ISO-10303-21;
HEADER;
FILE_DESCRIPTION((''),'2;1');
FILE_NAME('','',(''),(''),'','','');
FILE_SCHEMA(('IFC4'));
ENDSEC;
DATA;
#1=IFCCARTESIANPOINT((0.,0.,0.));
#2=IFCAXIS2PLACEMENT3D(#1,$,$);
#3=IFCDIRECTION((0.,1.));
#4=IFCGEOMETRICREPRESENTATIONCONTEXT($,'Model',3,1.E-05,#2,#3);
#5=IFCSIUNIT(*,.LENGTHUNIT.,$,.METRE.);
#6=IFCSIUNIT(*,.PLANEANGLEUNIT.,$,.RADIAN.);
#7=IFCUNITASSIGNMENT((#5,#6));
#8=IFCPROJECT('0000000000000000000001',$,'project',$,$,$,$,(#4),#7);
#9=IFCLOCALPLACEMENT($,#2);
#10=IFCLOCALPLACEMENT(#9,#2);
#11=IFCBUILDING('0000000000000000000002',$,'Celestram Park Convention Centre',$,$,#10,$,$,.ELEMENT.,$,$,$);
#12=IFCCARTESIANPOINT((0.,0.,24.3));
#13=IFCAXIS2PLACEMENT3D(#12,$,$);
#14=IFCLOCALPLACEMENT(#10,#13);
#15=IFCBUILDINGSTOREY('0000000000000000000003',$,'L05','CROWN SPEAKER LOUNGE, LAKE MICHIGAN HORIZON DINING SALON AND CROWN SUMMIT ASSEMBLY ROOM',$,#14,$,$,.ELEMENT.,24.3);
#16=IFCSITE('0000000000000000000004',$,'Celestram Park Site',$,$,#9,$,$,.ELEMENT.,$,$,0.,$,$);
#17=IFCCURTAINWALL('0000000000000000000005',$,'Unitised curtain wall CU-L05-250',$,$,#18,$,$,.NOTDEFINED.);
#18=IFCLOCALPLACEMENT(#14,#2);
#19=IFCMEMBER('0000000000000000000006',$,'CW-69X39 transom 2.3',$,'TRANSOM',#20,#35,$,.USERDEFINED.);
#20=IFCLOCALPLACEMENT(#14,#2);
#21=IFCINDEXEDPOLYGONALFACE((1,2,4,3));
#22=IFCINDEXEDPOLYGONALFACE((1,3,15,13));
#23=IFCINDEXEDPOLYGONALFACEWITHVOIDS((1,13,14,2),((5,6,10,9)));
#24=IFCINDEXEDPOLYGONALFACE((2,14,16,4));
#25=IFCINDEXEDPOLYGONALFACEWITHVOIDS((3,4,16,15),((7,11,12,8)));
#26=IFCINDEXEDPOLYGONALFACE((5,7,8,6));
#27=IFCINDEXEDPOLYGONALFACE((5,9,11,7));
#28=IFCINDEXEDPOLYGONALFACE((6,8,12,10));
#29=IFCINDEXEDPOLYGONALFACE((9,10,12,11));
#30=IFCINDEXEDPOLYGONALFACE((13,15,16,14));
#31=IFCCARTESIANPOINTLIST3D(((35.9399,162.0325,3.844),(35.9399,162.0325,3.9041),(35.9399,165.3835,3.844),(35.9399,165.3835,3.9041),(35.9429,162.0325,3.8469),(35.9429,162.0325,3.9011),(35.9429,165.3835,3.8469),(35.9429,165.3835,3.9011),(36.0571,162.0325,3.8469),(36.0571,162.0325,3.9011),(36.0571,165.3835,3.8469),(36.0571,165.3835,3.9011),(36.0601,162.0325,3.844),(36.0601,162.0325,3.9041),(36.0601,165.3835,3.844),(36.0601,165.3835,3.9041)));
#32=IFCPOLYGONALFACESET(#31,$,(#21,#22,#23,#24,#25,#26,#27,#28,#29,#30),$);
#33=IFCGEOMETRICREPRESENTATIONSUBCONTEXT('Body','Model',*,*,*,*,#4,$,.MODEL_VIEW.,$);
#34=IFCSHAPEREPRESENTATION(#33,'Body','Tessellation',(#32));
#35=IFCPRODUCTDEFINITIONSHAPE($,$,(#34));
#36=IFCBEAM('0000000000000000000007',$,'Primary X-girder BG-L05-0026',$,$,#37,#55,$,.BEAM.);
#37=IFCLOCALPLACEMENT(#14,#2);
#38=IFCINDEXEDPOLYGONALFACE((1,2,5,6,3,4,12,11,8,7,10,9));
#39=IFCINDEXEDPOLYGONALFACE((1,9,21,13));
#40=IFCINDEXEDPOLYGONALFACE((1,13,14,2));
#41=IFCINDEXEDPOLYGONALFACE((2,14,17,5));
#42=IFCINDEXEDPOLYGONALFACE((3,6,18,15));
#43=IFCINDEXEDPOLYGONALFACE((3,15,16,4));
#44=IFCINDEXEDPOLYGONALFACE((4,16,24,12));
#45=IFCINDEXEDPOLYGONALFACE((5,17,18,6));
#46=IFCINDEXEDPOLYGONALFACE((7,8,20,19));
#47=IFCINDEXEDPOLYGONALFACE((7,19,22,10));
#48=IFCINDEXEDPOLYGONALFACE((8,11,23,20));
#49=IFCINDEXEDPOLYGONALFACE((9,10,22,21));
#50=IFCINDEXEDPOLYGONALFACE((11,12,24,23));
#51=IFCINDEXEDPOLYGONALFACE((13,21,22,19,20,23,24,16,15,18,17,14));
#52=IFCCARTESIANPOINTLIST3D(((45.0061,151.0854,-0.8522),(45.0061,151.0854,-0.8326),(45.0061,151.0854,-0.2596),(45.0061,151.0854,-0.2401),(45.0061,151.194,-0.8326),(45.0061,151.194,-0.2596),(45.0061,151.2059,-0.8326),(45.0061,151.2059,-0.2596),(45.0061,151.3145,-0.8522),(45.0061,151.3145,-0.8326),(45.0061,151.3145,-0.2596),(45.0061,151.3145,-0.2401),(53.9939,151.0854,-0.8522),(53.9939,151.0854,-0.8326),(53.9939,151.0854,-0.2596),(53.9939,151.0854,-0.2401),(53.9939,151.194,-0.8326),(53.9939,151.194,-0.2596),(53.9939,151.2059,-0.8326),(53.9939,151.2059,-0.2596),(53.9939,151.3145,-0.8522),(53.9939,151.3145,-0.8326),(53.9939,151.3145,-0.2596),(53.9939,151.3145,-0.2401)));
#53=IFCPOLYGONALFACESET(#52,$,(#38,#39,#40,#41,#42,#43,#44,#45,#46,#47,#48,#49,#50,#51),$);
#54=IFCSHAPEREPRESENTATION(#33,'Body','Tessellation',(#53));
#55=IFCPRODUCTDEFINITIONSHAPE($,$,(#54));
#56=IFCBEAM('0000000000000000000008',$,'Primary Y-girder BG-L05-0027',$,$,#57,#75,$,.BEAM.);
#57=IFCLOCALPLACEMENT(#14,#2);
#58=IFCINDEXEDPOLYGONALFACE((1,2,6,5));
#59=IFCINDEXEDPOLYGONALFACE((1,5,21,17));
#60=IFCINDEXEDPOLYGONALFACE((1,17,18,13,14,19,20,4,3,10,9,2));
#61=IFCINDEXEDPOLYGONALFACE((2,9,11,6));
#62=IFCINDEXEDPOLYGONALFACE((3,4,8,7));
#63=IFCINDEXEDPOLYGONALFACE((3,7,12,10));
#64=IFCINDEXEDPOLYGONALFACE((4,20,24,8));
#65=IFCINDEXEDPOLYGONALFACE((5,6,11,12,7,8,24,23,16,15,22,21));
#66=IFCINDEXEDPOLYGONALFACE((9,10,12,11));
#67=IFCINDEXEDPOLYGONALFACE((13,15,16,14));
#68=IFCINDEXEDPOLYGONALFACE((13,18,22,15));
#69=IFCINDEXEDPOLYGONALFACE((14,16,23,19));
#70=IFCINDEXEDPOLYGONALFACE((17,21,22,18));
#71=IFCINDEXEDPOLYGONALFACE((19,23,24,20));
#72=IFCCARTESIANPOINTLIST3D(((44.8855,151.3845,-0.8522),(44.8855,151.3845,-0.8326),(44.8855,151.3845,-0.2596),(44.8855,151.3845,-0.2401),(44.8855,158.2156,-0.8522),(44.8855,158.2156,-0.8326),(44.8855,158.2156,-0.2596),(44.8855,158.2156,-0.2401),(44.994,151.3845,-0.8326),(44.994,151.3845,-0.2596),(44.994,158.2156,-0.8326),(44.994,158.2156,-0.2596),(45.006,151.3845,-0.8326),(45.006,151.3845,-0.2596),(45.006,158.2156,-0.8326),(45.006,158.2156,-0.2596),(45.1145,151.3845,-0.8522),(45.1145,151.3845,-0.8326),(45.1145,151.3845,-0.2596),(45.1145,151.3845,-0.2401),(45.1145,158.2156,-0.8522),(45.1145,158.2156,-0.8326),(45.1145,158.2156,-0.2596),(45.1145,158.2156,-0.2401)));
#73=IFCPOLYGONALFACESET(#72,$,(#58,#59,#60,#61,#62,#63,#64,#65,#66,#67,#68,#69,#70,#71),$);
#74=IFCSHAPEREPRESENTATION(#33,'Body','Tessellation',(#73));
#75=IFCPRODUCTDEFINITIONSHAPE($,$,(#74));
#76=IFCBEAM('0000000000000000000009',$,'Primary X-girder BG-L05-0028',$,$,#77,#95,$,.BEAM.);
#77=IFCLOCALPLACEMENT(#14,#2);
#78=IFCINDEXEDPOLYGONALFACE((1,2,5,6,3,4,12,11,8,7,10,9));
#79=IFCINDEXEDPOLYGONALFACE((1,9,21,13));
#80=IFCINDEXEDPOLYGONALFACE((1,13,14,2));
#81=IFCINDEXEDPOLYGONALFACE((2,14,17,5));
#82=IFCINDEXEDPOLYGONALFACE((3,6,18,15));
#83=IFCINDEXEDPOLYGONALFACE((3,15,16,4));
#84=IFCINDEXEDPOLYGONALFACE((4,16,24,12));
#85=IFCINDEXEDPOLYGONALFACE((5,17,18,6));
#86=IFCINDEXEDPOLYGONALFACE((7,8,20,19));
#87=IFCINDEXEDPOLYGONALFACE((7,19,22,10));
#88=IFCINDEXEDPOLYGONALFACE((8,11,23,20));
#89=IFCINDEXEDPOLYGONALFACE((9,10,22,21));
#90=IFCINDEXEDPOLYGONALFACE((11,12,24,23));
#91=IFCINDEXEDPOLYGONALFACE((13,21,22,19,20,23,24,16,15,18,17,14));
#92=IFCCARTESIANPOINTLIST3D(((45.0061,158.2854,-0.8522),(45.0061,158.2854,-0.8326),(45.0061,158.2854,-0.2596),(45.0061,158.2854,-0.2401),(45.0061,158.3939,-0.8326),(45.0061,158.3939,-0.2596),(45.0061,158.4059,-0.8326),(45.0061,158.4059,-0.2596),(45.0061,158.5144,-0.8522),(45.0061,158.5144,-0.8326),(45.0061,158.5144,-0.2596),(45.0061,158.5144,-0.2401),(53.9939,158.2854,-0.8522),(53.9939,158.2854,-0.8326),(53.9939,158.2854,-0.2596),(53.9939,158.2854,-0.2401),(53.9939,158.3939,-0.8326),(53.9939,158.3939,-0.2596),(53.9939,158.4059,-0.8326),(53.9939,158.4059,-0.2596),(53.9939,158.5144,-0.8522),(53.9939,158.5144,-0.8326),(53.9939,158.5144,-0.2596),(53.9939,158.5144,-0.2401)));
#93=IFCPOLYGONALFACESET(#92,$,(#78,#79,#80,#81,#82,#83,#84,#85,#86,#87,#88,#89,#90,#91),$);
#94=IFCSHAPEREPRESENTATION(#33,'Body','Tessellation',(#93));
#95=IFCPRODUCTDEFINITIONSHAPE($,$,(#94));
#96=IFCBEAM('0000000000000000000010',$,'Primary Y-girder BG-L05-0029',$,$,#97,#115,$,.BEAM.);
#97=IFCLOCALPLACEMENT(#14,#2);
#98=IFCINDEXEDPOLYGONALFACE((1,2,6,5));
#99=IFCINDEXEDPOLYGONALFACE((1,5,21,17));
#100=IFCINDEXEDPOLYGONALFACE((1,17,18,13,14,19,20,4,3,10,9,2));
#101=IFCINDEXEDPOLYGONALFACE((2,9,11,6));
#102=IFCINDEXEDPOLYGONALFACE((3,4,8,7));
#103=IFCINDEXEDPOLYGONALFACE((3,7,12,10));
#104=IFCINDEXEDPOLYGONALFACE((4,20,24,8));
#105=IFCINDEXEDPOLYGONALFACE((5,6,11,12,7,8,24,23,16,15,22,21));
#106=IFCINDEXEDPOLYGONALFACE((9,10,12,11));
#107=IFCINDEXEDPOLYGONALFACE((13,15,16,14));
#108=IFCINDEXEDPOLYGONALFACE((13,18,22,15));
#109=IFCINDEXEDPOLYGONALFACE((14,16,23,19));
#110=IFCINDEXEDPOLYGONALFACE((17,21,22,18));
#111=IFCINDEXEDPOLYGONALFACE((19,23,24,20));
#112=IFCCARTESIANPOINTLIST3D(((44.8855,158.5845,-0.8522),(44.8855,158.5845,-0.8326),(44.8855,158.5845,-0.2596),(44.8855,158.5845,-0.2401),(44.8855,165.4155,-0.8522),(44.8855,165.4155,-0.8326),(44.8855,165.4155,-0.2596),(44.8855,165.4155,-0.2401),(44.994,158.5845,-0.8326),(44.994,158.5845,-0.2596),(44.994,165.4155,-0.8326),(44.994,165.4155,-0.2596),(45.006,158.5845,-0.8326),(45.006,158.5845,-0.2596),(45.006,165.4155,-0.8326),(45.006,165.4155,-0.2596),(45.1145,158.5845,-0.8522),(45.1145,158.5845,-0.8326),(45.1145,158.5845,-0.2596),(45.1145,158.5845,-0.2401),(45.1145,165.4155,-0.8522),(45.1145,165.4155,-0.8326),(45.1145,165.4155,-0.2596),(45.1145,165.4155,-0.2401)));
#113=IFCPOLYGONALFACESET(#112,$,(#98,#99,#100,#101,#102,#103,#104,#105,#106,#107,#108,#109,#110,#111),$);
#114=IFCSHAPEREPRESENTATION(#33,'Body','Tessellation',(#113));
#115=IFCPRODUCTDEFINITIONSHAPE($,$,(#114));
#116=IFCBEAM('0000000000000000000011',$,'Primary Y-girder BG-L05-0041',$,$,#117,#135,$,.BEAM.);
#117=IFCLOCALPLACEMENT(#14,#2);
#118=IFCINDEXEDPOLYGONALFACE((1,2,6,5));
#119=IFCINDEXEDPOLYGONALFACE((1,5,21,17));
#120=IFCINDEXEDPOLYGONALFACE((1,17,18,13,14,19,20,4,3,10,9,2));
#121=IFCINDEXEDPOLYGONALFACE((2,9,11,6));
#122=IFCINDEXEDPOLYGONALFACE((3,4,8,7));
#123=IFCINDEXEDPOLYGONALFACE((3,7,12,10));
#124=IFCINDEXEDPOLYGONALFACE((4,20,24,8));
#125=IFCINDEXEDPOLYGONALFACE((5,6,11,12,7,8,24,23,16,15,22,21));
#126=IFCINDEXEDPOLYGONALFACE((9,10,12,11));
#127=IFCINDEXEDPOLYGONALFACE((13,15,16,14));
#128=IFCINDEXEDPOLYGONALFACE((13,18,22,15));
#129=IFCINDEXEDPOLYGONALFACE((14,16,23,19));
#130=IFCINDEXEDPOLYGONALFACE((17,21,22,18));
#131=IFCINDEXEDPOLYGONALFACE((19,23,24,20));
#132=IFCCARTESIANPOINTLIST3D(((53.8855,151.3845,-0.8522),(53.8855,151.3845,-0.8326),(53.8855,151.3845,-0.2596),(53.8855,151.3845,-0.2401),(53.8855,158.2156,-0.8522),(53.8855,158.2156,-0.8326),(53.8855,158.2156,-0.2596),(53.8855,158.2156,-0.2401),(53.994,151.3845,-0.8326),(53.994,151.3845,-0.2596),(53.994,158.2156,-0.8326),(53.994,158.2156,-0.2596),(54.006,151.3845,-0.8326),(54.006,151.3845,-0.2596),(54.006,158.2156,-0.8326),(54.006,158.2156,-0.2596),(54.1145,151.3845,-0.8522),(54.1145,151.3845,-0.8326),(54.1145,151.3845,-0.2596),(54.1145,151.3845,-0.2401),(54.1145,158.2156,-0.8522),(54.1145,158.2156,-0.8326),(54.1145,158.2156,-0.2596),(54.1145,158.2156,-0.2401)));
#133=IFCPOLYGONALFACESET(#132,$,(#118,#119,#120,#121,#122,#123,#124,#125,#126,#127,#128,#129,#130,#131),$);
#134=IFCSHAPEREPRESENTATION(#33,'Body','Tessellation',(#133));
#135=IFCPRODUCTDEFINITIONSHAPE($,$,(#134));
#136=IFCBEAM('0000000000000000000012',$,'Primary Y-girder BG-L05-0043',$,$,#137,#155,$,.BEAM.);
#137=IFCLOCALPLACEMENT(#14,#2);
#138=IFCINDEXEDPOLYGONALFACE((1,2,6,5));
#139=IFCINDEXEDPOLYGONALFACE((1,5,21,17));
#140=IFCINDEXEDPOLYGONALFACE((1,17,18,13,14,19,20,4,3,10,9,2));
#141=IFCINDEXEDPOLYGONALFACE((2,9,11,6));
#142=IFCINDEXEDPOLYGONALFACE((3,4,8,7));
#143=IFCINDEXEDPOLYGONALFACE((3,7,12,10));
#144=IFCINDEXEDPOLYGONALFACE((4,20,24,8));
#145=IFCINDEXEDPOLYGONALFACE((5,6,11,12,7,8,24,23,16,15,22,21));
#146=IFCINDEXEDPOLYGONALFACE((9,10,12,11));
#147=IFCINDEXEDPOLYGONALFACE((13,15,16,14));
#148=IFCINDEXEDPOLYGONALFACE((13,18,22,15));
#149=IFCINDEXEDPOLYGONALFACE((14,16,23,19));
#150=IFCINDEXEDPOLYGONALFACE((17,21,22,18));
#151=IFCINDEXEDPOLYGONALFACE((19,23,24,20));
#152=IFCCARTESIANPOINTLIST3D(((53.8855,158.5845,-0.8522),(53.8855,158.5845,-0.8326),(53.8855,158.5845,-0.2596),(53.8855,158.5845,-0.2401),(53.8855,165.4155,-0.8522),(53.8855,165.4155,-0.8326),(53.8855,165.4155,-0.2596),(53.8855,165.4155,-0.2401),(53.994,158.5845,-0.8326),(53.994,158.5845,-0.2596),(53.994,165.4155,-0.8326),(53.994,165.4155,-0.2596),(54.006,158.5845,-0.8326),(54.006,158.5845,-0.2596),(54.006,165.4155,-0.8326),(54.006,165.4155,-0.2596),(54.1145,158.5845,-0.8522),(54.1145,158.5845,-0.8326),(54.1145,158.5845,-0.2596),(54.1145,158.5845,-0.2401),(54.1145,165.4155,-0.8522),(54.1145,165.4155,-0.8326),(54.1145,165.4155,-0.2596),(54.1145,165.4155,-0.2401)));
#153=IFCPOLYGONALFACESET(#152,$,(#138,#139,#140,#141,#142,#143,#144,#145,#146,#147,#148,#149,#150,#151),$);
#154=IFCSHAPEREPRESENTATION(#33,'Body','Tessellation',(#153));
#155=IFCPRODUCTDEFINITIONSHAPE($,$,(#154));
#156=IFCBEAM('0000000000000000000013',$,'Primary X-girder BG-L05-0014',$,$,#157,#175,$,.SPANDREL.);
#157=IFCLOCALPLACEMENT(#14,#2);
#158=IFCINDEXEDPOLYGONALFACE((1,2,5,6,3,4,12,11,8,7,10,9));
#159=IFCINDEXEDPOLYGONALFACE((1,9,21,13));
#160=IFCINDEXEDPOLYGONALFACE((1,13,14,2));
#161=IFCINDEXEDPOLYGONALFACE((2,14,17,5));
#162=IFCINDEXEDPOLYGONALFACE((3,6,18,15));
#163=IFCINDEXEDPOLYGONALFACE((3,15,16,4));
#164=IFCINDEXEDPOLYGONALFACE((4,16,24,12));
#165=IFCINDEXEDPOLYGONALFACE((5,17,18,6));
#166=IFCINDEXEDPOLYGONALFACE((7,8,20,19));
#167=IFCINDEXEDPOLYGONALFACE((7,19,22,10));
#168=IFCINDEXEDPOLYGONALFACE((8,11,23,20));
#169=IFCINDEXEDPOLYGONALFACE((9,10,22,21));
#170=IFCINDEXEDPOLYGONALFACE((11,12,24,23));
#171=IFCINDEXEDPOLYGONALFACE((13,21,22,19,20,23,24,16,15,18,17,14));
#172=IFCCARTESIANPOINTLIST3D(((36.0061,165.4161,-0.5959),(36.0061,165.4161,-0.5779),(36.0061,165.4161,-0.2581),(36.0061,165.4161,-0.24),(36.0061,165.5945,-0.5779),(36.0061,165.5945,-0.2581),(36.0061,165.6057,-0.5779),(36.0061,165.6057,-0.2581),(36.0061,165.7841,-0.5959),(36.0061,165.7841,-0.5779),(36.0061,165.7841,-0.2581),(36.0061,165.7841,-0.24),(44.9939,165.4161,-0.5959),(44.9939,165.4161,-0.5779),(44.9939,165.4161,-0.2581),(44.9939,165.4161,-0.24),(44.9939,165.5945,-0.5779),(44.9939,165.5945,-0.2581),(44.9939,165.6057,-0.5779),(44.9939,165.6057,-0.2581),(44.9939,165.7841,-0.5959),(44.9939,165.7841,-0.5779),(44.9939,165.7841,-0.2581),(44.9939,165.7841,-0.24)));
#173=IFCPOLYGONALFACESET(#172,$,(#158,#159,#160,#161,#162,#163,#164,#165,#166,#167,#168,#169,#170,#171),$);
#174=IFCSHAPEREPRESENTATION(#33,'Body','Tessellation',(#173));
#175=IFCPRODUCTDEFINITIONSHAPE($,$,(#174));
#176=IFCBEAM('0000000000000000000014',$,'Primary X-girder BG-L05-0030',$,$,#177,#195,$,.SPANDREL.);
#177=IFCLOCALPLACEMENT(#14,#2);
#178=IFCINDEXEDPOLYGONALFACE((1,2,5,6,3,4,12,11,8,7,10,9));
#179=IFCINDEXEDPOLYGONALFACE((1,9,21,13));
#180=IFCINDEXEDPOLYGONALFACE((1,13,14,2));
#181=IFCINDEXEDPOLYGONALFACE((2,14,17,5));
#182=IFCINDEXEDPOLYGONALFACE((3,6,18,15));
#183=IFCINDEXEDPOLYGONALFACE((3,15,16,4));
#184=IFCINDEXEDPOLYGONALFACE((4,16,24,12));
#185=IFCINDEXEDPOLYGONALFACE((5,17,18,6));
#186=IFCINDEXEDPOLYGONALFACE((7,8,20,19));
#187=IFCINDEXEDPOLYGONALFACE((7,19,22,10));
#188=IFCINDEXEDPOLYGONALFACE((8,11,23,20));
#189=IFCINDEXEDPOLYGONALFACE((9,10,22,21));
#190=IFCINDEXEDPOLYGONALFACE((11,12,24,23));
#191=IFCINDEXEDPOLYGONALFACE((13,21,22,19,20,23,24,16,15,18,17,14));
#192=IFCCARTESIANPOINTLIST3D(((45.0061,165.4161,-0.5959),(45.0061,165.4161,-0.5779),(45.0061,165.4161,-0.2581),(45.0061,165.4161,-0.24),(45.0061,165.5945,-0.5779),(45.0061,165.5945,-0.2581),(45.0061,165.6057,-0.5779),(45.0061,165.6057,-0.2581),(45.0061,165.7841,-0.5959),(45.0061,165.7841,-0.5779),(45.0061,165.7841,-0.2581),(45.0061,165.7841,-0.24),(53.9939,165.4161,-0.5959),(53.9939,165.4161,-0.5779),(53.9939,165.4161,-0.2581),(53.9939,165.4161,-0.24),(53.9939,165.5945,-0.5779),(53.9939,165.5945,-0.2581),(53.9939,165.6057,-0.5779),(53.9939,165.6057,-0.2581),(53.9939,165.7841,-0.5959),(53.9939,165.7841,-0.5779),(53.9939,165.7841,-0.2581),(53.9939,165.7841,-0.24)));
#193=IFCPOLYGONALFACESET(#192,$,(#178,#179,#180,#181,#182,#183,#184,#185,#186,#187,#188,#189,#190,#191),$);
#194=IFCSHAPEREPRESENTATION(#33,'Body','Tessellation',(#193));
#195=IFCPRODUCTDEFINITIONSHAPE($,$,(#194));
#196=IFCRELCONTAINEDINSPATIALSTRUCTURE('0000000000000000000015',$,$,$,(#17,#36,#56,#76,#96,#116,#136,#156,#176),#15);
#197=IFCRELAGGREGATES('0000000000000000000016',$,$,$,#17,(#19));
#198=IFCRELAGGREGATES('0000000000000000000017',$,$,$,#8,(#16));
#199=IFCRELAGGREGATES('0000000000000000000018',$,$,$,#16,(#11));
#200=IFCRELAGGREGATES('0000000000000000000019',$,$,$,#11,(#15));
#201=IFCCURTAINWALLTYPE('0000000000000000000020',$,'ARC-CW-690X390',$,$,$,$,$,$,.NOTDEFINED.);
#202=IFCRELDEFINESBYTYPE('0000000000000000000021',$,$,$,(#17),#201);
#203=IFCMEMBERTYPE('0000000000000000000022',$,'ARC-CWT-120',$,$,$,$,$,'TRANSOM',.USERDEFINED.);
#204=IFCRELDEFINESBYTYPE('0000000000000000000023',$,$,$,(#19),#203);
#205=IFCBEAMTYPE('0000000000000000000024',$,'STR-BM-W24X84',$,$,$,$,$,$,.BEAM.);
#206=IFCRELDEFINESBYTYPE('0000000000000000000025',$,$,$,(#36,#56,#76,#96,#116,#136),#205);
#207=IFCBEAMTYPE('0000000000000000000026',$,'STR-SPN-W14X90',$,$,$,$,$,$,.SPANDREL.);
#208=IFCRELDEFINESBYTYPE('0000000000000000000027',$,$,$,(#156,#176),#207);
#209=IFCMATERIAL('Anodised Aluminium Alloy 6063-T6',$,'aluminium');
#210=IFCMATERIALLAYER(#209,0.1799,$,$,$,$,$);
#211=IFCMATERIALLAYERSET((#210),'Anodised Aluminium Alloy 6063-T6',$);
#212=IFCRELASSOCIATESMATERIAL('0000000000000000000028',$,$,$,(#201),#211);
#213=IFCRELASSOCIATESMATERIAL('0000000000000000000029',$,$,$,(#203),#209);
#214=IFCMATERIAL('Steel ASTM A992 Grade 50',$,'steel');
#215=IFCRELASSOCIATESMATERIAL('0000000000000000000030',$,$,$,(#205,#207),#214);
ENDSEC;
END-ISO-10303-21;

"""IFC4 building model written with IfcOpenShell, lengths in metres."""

from ifc_helpers import new_model, si_unit, direction, frame, origin, origin_2d, place, context, subcontext, project, spatial, hollow_rectangle, i_section, extrude, material, layer, layer_set, material_profile, profile_set, type_object, element, aggregate, save


model = new_model("IFC4")

# Units and contexts
model_context = context("Model", 3, precision=1e-05, world=origin(), true_north=direction((0.0, 1.0)))
body_context = subcontext(model_context, "Body", "Model", "MODEL_VIEW")
ifc_project = project(units=[si_unit("LENGTHUNIT", "METRE"), si_unit("PLANEANGLEUNIT", "RADIAN")], contexts=[model_context])

# Site, building, storey
site_placement = place(None, origin())
site = spatial("IfcSite", under=ifc_project, at=site_placement, Name="Celestram Park Site", CompositionType="ELEMENT", RefElevation=0.0)
building_placement = place(site_placement, origin())
building = spatial("IfcBuilding", under=site, at=building_placement, Name="Celestram Park Convention Centre", CompositionType="ELEMENT")
storey_placement = place(building_placement, frame((0.0, 0.0, 24.3)))
storey = spatial("IfcBuildingStorey", under=building, at=storey_placement, Name="L05", Description="CROWN SPEAKER LOUNGE, LAKE MICHIGAN HORIZON DINING SALON AND CROWN SUMMIT ASSEMBLY ROOM", CompositionType="ELEMENT", Elevation=24.3)

# Shared definitions
ifc_material_1 = material(Name="Steel ASTM A992 Grade 50", Category="steel")

# Curtain wall, member
ifc_material_2 = material(Name="Anodised Aluminium Alloy 6063-T6", Category="aluminium")
ifc_layer_1 = layer(ifc_material_2, 0.1799)
ifc_layer_set_1 = layer_set([ifc_layer_1], Name="Anodised Aluminium Alloy 6063-T6")
curtain_wall_type = type_object("IfcCurtainWallType", Name="ARC-CW-690X390", PredefinedType="NOTDEFINED", material=ifc_layer_set_1)
curtain_wall_placement = place(storey_placement, origin())
curtain_wall = element("IfcCurtainWall", 1, at=curtain_wall_placement, inside=storey, type_object=curtain_wall_type, Name="Unitised curtain wall CU-L05-250", PredefinedType="NOTDEFINED")
ifc_material_profile_1 = material_profile(ifc_material_2, hollow_rectangle(XDim=0.1201, YDim=0.0601, WallThickness=0.0029, at=origin_2d()), Name="ALU120X60X3")
ifc_profile_set_1 = profile_set([ifc_material_profile_1], Name="Anodised Aluminium Alloy 6063-T6")
member_type_1 = type_object("IfcMemberType", Name="ARC-CWT-120", ElementType="TRANSOM", PredefinedType="USERDEFINED", material=ifc_profile_set_1)
member_1_placement = place(storey_placement, frame((36.0, 162.0325, 3.874), z_axis=(0.0, 1.0, 0.0), x_axis=(-1.0, 0.0, 0.0)))
member_1 = element("IfcMember", 2, at=member_1_placement, type_object=member_type_1, Name="CW-69X39 transom 2.3", ObjectType="TRANSOM", PredefinedType="USERDEFINED", context=body_context, shape_type="SweptSolid", body=[
    extrude(hollow_rectangle(XDim=0.1201, YDim=0.0601, WallThickness=0.0029, at=origin_2d()), origin(), (0.0, 0.0, 1.0), 3.3511),
])

# Beams
ifc_material_profile_2 = material_profile(ifc_material_1, i_section(OverallWidth=0.229, OverallDepth=0.6121, WebThickness=0.012, FlangeThickness=0.0195, at=origin_2d()), Name="W24X84")
ifc_profile_set_2 = profile_set([ifc_material_profile_2], Name="Steel ASTM A992 Grade 50")
beam_type_1 = type_object("IfcBeamType", Name="STR-BM-W24X84", PredefinedType="BEAM", material=ifc_profile_set_2)
beam_1_placement = place(storey_placement, frame((45.0061, 151.2, -0.5461), z_axis=(1.0, 0.0, 0.0), x_axis=(0.0, 1.0, 0.0)))
element("IfcBeam", 3, at=beam_1_placement, inside=storey, type_object=beam_type_1, Name="Primary X-girder BG-L05-0026", PredefinedType="BEAM", context=body_context, shape_type="SweptSolid", body=[
    extrude(i_section(OverallWidth=0.229, OverallDepth=0.6121, WebThickness=0.012, FlangeThickness=0.0195, at=origin_2d()), origin(), (0.0, 0.0, 1.0), 8.9878),
])
beam_2_placement = place(storey_placement, frame((45.0, 151.3845, -0.5461), z_axis=(0.0, 1.0, 0.0), x_axis=(-1.0, 0.0, 0.0)))
element("IfcBeam", 4, at=beam_2_placement, inside=storey, type_object=beam_type_1, Name="Primary Y-girder BG-L05-0027", PredefinedType="BEAM", context=body_context, shape_type="SweptSolid", body=[
    extrude(i_section(OverallWidth=0.229, OverallDepth=0.6121, WebThickness=0.012, FlangeThickness=0.0195, at=origin_2d()), origin(), (0.0, 0.0, 1.0), 6.8311),
])
beam_3_placement = place(storey_placement, frame((45.0061, 158.3999, -0.5461), z_axis=(1.0, 0.0, 0.0), x_axis=(0.0, 1.0, 0.0)))
element("IfcBeam", 5, at=beam_3_placement, inside=storey, type_object=beam_type_1, Name="Primary X-girder BG-L05-0028", PredefinedType="BEAM", context=body_context, shape_type="SweptSolid", body=[
    extrude(i_section(OverallWidth=0.229, OverallDepth=0.6121, WebThickness=0.012, FlangeThickness=0.0195, at=origin_2d()), origin(), (0.0, 0.0, 1.0), 8.9878),
])
for number, where, z_axis, x_axis, name in (
    (6, (45.0, 158.5845, -0.5461), (0.0, 1.0, 0.0), (-1.0, 0.0, 0.0), "Primary Y-girder BG-L05-0029"),
    (7, (54.0, 151.3845, -0.5461), (0.0, 1.0, 0.0), (-1.0, 0.0, 0.0), "Primary Y-girder BG-L05-0041"),
    (8, (54.0, 158.5845, -0.5461), (0.0, 1.0, 0.0), (-1.0, 0.0, 0.0), "Primary Y-girder BG-L05-0043"),
):
    element("IfcBeam", number, at=place(storey_placement, frame(where, z_axis=z_axis, x_axis=x_axis)), inside=storey, type_object=beam_type_1, Name=name, PredefinedType="BEAM", context=body_context, shape_type="SweptSolid", body=[
        extrude(i_section(OverallWidth=0.229, OverallDepth=0.6121, WebThickness=0.012, FlangeThickness=0.0195, at=origin_2d()), origin(), (0.0, 0.0, 1.0), 6.8311),
    ])
ifc_material_profile_3 = material_profile(ifc_material_1, i_section(OverallWidth=0.3679, OverallDepth=0.356, WebThickness=0.0112, FlangeThickness=0.0181, at=origin_2d()), Name="W14X90")
ifc_profile_set_3 = profile_set([ifc_material_profile_3], Name="Steel ASTM A992 Grade 50")
beam_type_2 = type_object("IfcBeamType", Name="STR-SPN-W14X90", PredefinedType="SPANDREL", material=ifc_profile_set_3)
for number, where, z_axis, x_axis, name in (
    (9, (36.0061, 165.6001, -0.418), (1.0, 0.0, 0.0), (0.0, 1.0, 0.0), "Primary X-girder BG-L05-0014"),
    (10, (45.0061, 165.6001, -0.418), (1.0, 0.0, 0.0), (0.0, 1.0, 0.0), "Primary X-girder BG-L05-0030"),
):
    element("IfcBeam", number, at=place(storey_placement, frame(where, z_axis=z_axis, x_axis=x_axis)), inside=storey, type_object=beam_type_2, Name=name, PredefinedType="SPANDREL", context=body_context, shape_type="SweptSolid", body=[
        extrude(i_section(OverallWidth=0.3679, OverallDepth=0.356, WebThickness=0.0112, FlangeThickness=0.0181, at=origin_2d()), origin(), (0.0, 0.0, 1.0), 8.9878),
    ])

aggregate(curtain_wall, [member_1])

save(model, "model.ifc")
